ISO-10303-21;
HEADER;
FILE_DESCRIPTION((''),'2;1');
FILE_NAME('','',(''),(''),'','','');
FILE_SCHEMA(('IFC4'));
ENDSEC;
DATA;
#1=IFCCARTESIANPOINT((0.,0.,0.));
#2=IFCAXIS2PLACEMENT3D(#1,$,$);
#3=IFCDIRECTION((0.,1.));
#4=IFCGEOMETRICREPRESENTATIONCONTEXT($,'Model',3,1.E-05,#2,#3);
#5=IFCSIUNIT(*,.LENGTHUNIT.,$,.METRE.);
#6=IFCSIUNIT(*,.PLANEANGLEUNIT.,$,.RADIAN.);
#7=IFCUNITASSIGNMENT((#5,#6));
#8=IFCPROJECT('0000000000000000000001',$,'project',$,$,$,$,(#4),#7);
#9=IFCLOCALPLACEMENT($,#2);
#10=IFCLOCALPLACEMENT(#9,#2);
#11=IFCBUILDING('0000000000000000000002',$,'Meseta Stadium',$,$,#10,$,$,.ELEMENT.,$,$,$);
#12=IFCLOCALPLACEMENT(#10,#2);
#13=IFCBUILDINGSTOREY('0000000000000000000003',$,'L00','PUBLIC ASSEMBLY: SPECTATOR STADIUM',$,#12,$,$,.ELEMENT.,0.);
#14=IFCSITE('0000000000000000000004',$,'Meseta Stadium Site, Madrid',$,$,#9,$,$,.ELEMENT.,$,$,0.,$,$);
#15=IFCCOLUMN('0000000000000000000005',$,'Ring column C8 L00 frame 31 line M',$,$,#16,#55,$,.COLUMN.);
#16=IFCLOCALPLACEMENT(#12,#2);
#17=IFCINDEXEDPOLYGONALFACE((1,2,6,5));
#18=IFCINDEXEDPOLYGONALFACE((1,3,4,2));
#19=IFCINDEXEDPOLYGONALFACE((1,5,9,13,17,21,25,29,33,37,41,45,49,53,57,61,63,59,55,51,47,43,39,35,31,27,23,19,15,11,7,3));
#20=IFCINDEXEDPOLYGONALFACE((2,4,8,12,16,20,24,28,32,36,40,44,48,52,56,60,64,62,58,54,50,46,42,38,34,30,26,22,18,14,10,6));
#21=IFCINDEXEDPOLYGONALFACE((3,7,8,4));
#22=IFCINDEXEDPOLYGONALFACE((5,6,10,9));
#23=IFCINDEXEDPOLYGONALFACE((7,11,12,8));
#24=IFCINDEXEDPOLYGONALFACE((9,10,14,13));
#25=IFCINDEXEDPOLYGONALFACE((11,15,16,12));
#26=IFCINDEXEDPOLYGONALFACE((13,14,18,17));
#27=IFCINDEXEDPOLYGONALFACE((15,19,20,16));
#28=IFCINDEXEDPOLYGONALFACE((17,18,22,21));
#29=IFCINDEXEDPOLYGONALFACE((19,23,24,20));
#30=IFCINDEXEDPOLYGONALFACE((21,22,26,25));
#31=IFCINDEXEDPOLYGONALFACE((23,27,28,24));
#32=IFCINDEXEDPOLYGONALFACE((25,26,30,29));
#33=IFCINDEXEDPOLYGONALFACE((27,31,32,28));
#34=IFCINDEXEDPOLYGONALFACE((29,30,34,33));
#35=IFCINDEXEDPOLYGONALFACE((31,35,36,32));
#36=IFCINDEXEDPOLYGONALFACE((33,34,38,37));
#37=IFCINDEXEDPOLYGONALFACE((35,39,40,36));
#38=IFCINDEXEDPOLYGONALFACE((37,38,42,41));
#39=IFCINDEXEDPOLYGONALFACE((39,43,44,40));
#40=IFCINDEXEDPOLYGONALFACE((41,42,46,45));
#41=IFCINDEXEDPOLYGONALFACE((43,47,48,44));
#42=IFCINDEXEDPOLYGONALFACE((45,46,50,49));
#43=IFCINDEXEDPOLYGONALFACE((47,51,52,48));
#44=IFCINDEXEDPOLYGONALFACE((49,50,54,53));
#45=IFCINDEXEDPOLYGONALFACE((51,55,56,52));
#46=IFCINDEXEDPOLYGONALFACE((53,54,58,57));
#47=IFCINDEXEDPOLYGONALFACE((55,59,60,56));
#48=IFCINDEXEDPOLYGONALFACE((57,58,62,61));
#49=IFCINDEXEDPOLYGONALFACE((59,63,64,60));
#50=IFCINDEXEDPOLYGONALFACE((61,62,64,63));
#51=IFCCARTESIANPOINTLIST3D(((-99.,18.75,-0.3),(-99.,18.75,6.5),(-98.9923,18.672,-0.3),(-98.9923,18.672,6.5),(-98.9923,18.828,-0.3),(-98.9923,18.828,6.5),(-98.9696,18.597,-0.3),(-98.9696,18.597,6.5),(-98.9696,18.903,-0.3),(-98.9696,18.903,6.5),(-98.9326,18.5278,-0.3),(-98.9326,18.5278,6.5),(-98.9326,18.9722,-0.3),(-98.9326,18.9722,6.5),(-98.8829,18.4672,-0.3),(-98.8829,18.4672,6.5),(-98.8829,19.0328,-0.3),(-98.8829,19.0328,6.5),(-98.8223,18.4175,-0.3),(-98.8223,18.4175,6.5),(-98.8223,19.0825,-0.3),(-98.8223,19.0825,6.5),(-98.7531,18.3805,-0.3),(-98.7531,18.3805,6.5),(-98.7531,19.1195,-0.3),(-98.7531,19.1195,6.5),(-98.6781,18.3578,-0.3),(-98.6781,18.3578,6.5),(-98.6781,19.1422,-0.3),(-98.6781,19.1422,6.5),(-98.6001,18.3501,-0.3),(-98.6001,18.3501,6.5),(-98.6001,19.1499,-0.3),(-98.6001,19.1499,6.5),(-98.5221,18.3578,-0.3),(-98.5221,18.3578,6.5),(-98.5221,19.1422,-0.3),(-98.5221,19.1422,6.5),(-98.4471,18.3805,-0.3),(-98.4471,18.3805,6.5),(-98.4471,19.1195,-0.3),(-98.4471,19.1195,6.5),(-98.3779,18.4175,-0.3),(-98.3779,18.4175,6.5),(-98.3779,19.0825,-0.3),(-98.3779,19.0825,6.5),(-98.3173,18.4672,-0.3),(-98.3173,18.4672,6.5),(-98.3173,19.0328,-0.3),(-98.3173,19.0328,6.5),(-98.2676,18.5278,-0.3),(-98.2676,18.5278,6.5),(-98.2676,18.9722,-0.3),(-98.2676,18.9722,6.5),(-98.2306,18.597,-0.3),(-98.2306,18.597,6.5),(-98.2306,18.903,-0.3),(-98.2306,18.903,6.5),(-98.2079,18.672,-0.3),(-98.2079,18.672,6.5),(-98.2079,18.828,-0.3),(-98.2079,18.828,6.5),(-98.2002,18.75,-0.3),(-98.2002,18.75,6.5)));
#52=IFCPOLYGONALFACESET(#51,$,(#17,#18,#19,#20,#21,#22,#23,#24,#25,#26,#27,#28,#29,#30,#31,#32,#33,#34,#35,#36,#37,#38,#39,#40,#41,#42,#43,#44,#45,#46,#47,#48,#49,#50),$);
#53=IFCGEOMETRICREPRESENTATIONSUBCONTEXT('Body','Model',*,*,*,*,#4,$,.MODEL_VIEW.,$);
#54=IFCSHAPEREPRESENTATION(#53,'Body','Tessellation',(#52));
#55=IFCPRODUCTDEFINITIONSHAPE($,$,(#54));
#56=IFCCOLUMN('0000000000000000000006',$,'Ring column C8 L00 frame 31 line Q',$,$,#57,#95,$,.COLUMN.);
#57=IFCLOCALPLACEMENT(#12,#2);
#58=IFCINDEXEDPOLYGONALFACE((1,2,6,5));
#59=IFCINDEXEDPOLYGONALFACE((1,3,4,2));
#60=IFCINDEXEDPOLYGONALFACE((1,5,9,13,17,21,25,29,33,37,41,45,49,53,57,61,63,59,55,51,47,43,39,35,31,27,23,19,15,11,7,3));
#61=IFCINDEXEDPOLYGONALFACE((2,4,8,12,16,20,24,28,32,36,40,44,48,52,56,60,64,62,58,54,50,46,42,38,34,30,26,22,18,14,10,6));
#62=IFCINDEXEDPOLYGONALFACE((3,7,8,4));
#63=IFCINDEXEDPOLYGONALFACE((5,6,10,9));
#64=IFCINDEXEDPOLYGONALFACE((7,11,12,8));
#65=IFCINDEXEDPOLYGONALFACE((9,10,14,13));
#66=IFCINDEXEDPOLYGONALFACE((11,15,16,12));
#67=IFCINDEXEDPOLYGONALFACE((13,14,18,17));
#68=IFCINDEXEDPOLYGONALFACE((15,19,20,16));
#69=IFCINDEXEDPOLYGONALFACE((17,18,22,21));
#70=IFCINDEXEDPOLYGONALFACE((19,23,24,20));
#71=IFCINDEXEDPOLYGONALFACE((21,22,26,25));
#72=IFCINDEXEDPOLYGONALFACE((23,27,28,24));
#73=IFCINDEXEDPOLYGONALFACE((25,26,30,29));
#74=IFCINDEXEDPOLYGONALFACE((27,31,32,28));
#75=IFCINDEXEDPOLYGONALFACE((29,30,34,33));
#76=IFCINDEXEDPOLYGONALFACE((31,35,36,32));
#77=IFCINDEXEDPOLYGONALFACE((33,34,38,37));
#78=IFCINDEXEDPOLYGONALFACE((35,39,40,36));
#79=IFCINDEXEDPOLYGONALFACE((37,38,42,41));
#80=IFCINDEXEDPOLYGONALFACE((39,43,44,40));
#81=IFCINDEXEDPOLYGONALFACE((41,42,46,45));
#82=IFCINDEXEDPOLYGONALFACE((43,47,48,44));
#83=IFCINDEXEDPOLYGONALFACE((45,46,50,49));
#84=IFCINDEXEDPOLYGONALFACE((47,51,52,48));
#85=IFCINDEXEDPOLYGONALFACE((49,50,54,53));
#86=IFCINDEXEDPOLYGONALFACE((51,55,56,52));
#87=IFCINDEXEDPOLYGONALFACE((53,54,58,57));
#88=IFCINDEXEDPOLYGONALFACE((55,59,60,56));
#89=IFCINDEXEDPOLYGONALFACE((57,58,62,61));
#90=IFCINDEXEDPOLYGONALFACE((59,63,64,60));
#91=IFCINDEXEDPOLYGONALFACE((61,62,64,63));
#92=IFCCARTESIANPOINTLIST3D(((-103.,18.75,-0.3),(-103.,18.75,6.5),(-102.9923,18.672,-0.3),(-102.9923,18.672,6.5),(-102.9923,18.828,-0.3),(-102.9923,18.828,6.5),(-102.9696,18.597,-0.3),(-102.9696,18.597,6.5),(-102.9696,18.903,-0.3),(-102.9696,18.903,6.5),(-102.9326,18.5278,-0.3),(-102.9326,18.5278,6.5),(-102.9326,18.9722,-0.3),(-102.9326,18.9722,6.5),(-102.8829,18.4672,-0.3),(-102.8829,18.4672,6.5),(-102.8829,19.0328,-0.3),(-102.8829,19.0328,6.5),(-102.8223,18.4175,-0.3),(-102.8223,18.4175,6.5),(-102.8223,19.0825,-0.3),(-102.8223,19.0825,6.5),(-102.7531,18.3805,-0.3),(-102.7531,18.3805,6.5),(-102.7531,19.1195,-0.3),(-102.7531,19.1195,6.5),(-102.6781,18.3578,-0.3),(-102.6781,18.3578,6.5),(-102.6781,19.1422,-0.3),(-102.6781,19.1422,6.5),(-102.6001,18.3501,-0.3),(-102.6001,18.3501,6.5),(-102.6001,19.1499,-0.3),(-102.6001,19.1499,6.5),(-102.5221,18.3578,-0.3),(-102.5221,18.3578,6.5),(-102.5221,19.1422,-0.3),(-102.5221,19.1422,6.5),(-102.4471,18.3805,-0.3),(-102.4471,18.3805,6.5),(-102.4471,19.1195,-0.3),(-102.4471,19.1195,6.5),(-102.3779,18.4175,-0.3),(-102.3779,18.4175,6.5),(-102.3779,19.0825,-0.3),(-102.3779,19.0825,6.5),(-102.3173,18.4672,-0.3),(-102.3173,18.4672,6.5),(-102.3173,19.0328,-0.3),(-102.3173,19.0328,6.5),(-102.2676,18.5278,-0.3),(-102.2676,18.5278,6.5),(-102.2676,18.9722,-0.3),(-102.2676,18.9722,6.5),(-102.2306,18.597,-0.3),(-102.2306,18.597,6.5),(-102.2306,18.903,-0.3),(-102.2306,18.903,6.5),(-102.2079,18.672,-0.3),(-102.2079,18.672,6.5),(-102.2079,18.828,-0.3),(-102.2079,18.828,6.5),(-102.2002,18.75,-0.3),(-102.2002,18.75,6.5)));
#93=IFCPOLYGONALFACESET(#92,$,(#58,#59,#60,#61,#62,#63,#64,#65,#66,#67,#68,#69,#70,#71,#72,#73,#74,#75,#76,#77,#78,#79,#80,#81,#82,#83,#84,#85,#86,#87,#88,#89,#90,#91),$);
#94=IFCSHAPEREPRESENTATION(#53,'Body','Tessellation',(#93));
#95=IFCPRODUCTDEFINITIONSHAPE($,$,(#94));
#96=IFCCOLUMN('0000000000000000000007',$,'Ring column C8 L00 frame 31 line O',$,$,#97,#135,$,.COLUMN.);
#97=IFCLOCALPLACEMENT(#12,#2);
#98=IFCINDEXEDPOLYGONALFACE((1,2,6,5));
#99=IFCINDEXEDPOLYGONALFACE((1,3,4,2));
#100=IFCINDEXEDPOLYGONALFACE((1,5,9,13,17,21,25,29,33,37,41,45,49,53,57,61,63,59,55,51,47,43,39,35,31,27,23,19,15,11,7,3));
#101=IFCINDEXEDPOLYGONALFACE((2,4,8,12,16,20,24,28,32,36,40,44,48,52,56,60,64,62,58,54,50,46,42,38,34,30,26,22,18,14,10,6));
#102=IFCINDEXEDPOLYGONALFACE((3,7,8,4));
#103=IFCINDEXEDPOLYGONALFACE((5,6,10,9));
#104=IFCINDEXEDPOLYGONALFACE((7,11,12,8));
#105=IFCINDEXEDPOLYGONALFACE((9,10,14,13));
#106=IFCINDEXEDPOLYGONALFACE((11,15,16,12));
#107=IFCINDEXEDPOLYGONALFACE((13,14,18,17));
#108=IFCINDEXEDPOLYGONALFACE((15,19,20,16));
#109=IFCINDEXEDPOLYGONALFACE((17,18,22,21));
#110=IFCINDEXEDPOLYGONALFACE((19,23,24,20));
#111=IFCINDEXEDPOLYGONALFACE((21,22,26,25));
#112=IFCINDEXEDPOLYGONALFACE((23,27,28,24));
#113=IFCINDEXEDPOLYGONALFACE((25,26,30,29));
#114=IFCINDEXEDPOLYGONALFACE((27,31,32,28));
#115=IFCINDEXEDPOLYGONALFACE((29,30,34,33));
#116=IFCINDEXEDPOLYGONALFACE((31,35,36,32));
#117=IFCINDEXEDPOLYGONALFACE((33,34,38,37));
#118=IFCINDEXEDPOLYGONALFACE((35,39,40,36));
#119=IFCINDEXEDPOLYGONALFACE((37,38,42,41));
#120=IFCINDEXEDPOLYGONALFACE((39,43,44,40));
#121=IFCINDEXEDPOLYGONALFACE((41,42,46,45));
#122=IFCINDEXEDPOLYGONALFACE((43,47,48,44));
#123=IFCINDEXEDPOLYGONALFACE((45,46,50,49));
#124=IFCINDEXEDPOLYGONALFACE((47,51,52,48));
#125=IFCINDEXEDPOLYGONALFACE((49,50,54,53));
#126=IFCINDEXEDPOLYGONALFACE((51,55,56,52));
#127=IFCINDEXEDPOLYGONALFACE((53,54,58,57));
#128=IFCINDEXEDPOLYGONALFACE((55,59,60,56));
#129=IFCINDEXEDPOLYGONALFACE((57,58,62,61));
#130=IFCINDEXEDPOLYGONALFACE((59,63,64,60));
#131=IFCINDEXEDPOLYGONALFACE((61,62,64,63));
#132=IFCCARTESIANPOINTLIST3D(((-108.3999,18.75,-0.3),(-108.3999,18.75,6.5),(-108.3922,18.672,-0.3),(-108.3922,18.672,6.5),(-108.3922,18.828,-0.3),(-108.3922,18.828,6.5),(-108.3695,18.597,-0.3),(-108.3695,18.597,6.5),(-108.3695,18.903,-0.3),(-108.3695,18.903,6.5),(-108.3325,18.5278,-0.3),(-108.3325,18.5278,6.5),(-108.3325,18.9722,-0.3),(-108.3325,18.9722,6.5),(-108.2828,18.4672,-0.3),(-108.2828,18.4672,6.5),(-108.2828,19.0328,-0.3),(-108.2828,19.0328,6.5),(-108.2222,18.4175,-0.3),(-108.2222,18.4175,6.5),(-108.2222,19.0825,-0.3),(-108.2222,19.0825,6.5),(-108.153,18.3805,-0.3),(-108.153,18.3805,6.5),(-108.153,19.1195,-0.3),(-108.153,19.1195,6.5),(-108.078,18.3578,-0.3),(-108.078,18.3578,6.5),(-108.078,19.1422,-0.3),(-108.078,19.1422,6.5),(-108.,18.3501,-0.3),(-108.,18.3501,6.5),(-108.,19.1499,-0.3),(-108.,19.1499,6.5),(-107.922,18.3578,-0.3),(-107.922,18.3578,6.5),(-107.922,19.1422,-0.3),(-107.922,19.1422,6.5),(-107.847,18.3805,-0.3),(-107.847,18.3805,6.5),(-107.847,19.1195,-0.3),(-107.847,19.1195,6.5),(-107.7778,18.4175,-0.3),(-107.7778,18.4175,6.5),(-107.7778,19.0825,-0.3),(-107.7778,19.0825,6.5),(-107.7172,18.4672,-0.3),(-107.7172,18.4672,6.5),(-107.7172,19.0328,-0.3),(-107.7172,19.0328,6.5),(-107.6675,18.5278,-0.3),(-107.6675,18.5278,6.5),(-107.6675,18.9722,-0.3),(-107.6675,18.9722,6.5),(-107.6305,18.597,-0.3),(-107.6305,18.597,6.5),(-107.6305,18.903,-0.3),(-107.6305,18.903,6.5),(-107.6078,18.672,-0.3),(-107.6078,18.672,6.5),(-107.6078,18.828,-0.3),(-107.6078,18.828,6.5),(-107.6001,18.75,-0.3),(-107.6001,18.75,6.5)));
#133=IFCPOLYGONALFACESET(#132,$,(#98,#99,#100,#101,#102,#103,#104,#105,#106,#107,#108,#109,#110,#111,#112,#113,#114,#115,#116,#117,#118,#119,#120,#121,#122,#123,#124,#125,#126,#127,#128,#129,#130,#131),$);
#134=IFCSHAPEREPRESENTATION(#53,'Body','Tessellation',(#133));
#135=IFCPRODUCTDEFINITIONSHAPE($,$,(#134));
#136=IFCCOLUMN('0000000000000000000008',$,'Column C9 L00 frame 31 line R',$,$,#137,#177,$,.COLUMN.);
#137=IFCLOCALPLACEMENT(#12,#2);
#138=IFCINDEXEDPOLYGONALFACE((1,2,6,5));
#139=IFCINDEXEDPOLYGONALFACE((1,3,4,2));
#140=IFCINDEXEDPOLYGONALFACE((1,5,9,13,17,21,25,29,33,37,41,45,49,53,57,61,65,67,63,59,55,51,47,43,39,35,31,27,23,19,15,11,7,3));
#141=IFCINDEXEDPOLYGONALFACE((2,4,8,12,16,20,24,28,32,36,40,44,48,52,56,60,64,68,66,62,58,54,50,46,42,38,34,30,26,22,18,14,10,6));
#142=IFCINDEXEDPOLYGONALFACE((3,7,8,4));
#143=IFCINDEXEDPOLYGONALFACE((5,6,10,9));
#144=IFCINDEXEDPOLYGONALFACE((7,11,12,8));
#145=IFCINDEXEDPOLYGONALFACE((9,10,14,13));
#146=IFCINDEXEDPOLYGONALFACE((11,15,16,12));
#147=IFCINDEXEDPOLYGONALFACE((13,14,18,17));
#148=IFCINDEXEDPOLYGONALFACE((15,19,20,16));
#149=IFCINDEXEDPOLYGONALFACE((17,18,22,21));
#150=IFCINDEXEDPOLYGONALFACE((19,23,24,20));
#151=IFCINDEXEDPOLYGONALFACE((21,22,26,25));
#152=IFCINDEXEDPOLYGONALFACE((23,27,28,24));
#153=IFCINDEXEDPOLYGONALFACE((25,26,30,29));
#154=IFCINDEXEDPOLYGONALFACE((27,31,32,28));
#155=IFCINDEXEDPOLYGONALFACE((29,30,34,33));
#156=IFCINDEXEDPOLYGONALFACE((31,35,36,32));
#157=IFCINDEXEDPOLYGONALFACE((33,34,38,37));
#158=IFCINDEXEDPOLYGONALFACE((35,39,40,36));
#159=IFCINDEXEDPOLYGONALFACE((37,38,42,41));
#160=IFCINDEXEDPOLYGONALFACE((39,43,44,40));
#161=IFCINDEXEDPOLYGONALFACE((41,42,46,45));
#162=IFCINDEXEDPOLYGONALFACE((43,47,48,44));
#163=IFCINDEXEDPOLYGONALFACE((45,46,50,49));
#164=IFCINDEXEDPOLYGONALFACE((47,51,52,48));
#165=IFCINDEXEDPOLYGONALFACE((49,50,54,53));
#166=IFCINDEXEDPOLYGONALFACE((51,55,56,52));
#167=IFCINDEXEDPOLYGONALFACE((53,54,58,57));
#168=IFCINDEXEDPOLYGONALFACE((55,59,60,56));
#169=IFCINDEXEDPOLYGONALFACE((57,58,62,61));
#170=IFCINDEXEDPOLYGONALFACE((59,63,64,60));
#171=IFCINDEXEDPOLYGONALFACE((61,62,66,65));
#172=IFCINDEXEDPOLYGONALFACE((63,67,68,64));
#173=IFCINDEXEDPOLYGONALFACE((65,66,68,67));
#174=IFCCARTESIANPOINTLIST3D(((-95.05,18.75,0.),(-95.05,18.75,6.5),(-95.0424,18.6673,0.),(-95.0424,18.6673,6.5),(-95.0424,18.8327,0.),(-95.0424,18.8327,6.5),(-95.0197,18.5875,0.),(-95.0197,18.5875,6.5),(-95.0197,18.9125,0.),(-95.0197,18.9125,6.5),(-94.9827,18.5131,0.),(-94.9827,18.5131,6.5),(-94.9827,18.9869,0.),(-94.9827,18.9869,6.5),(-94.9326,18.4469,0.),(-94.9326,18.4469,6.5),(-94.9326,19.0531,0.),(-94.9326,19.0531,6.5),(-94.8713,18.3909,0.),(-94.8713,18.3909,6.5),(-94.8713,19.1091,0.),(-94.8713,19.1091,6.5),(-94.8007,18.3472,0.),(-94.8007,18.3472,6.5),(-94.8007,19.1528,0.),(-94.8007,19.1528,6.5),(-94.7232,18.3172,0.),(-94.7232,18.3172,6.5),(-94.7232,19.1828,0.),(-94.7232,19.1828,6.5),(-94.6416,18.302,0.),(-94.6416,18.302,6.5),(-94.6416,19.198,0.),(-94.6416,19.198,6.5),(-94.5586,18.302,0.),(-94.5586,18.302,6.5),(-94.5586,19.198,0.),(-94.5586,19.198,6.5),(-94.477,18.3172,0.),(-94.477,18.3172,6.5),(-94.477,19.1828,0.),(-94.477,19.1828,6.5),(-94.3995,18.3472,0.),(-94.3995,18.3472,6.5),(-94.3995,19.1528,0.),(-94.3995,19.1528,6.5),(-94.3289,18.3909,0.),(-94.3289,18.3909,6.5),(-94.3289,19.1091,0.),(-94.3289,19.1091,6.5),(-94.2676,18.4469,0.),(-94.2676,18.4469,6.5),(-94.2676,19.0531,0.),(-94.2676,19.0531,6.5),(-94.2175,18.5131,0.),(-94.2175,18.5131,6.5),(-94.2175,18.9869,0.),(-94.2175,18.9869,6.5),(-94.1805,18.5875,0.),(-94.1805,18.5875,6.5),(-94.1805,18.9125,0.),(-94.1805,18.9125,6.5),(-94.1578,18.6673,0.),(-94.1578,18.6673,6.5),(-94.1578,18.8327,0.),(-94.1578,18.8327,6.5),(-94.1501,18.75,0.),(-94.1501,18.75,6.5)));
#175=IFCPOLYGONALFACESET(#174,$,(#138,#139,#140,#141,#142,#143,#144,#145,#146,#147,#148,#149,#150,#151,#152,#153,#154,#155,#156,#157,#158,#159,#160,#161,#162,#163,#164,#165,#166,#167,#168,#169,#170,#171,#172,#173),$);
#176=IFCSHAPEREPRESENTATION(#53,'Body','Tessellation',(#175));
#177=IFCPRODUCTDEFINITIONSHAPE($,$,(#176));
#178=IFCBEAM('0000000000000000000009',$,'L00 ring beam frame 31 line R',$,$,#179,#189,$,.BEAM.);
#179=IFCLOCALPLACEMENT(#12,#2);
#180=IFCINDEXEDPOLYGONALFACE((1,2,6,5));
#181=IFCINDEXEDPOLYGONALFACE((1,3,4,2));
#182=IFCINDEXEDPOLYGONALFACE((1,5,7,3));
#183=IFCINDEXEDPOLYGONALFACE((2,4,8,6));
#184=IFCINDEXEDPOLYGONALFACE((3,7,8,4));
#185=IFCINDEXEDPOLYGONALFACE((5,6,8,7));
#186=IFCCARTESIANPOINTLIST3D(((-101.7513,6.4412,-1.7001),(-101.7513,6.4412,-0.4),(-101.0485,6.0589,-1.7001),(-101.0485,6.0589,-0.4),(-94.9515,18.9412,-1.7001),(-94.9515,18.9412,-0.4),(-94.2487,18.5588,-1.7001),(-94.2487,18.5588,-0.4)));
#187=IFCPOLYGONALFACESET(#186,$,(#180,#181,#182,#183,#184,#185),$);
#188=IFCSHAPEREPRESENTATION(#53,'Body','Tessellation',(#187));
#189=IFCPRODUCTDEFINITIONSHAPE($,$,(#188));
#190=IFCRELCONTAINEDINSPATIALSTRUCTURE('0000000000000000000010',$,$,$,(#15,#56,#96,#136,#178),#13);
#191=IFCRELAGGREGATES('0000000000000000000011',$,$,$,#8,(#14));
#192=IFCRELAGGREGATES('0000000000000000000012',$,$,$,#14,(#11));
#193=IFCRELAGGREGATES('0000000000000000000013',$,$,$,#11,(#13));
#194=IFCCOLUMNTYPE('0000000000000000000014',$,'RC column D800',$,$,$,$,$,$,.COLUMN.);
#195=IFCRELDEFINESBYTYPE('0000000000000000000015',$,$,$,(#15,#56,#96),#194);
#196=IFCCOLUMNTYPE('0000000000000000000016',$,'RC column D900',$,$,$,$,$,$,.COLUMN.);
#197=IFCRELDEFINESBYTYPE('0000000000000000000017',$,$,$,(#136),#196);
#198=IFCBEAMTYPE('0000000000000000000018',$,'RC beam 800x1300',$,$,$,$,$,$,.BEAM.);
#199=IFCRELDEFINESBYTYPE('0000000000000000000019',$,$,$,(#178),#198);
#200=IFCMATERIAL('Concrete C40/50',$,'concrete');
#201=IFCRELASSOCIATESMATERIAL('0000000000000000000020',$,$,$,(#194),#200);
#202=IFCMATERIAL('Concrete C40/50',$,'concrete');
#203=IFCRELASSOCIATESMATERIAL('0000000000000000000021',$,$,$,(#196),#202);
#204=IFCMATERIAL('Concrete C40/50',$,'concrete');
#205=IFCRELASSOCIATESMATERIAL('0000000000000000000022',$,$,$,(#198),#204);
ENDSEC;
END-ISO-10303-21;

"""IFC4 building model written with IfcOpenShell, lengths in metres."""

from ifc_helpers import new_model, si_unit, direction, frame, origin, origin_2d, place, context, subcontext, project, spatial, rectangle, circle, extrude, material, material_profile, profile_set, type_object, element, save


model = new_model("IFC4")

# Units and contexts
model_context = context("Model", 3, precision=1e-05, world=origin(), true_north=direction((0.0, 1.0)))
body_context = subcontext(model_context, "Body", "Model", "MODEL_VIEW")
ifc_project = project(units=[si_unit("LENGTHUNIT", "METRE"), si_unit("PLANEANGLEUNIT", "RADIAN")], contexts=[model_context])

# Site, building, storey
site_placement = place(None, origin())
site = spatial("IfcSite", under=ifc_project, at=site_placement, Name="Meseta Stadium Site, Madrid", CompositionType="ELEMENT", RefElevation=0.0)
building_placement = place(site_placement, origin())
building = spatial("IfcBuilding", under=site, at=building_placement, Name="Meseta Stadium", CompositionType="ELEMENT")
storey_placement = place(building_placement, origin())
storey = spatial("IfcBuildingStorey", under=building, at=storey_placement, Name="L00", Description="PUBLIC ASSEMBLY: SPECTATOR STADIUM", CompositionType="ELEMENT", Elevation=0.0)

# Columns
ifc_material_1 = material(Name="Concrete C40/50", Category="concrete")
ifc_material_profile_1 = material_profile(ifc_material_1, circle(Radius=0.3999, at=origin_2d()), Name="RC D800")
ifc_profile_set_1 = profile_set([ifc_material_profile_1], Name="Concrete C40/50")
column_type_1 = type_object("IfcColumnType", Name="RC column D800", PredefinedType="COLUMN", material=ifc_profile_set_1)
for number, where, z_axis, x_axis, name in (
    (1, (-98.6001, 18.75, -0.3), (0.0, 0.0, 1.0), (1.0, 0.0, 0.0), "Ring column C8 L00 frame 31 line M"),
    (2, (-102.6001, 18.75, -0.3), (0.0, 0.0, 1.0), (1.0, 0.0, 0.0), "Ring column C8 L00 frame 31 line Q"),
    (3, (-108.0, 18.75, -0.3), (0.0, 0.0, 1.0), (1.0, 0.0, 0.0), "Ring column C8 L00 frame 31 line O"),
):
    element("IfcColumn", number, at=place(storey_placement, frame(where, z_axis=z_axis, x_axis=x_axis)), inside=storey, type_object=column_type_1, Name=name, PredefinedType="COLUMN", context=body_context, shape_type="SweptSolid", body=[
        extrude(circle(Radius=0.3999, at=origin_2d()), origin(), (0.0, 0.0, 1.0), 6.8),
    ])
ifc_material_2 = material(Name="Concrete C40/50", Category="concrete")
ifc_material_profile_2 = material_profile(ifc_material_2, circle(Radius=0.45, at=origin_2d()), Name="RC D900")
ifc_profile_set_2 = profile_set([ifc_material_profile_2], Name="Concrete C40/50")
column_type_2 = type_object("IfcColumnType", Name="RC column D900", PredefinedType="COLUMN", material=ifc_profile_set_2)
column_placement = place(storey_placement, frame((-94.6001, 18.75, 0.0), z_axis=(0.0, 0.0, 1.0), x_axis=(1.0, 0.0, 0.0)))
element("IfcColumn", 4, at=column_placement, inside=storey, type_object=column_type_2, Name="Column C9 L00 frame 31 line R", PredefinedType="COLUMN", context=body_context, shape_type="SweptSolid", body=[
    extrude(circle(Radius=0.45, at=origin_2d()), origin(), (0.0, 0.0, 1.0), 6.5),
])

# Beam
ifc_material_3 = material(Name="Concrete C40/50", Category="concrete")
ifc_material_profile_3 = material_profile(ifc_material_3, rectangle(XDim=0.8, YDim=1.3, at=origin_2d()), Name="RC 800x1300")
ifc_profile_set_3 = profile_set([ifc_material_profile_3], Name="Concrete C40/50")
beam_type = type_object("IfcBeamType", Name="RC beam 800x1300", PredefinedType="BEAM", material=ifc_profile_set_3)
beam_placement = place(storey_placement, frame((-94.6001, 18.75, -1.05), z_axis=(-0.477856, -0.878438, 0.0), x_axis=(0.878438, -0.477856, 0.0)))
element("IfcBeam", 5, at=beam_placement, inside=storey, type_object=beam_type, Name="L00 ring beam frame 31 line R", PredefinedType="BEAM", context=body_context, shape_type="SweptSolid", body=[
    extrude(rectangle(XDim=0.8, YDim=1.3, at=origin_2d()), origin(), (0.0, 0.0, 1.0), 14.2297),
])

save(model, "model.ifc")
